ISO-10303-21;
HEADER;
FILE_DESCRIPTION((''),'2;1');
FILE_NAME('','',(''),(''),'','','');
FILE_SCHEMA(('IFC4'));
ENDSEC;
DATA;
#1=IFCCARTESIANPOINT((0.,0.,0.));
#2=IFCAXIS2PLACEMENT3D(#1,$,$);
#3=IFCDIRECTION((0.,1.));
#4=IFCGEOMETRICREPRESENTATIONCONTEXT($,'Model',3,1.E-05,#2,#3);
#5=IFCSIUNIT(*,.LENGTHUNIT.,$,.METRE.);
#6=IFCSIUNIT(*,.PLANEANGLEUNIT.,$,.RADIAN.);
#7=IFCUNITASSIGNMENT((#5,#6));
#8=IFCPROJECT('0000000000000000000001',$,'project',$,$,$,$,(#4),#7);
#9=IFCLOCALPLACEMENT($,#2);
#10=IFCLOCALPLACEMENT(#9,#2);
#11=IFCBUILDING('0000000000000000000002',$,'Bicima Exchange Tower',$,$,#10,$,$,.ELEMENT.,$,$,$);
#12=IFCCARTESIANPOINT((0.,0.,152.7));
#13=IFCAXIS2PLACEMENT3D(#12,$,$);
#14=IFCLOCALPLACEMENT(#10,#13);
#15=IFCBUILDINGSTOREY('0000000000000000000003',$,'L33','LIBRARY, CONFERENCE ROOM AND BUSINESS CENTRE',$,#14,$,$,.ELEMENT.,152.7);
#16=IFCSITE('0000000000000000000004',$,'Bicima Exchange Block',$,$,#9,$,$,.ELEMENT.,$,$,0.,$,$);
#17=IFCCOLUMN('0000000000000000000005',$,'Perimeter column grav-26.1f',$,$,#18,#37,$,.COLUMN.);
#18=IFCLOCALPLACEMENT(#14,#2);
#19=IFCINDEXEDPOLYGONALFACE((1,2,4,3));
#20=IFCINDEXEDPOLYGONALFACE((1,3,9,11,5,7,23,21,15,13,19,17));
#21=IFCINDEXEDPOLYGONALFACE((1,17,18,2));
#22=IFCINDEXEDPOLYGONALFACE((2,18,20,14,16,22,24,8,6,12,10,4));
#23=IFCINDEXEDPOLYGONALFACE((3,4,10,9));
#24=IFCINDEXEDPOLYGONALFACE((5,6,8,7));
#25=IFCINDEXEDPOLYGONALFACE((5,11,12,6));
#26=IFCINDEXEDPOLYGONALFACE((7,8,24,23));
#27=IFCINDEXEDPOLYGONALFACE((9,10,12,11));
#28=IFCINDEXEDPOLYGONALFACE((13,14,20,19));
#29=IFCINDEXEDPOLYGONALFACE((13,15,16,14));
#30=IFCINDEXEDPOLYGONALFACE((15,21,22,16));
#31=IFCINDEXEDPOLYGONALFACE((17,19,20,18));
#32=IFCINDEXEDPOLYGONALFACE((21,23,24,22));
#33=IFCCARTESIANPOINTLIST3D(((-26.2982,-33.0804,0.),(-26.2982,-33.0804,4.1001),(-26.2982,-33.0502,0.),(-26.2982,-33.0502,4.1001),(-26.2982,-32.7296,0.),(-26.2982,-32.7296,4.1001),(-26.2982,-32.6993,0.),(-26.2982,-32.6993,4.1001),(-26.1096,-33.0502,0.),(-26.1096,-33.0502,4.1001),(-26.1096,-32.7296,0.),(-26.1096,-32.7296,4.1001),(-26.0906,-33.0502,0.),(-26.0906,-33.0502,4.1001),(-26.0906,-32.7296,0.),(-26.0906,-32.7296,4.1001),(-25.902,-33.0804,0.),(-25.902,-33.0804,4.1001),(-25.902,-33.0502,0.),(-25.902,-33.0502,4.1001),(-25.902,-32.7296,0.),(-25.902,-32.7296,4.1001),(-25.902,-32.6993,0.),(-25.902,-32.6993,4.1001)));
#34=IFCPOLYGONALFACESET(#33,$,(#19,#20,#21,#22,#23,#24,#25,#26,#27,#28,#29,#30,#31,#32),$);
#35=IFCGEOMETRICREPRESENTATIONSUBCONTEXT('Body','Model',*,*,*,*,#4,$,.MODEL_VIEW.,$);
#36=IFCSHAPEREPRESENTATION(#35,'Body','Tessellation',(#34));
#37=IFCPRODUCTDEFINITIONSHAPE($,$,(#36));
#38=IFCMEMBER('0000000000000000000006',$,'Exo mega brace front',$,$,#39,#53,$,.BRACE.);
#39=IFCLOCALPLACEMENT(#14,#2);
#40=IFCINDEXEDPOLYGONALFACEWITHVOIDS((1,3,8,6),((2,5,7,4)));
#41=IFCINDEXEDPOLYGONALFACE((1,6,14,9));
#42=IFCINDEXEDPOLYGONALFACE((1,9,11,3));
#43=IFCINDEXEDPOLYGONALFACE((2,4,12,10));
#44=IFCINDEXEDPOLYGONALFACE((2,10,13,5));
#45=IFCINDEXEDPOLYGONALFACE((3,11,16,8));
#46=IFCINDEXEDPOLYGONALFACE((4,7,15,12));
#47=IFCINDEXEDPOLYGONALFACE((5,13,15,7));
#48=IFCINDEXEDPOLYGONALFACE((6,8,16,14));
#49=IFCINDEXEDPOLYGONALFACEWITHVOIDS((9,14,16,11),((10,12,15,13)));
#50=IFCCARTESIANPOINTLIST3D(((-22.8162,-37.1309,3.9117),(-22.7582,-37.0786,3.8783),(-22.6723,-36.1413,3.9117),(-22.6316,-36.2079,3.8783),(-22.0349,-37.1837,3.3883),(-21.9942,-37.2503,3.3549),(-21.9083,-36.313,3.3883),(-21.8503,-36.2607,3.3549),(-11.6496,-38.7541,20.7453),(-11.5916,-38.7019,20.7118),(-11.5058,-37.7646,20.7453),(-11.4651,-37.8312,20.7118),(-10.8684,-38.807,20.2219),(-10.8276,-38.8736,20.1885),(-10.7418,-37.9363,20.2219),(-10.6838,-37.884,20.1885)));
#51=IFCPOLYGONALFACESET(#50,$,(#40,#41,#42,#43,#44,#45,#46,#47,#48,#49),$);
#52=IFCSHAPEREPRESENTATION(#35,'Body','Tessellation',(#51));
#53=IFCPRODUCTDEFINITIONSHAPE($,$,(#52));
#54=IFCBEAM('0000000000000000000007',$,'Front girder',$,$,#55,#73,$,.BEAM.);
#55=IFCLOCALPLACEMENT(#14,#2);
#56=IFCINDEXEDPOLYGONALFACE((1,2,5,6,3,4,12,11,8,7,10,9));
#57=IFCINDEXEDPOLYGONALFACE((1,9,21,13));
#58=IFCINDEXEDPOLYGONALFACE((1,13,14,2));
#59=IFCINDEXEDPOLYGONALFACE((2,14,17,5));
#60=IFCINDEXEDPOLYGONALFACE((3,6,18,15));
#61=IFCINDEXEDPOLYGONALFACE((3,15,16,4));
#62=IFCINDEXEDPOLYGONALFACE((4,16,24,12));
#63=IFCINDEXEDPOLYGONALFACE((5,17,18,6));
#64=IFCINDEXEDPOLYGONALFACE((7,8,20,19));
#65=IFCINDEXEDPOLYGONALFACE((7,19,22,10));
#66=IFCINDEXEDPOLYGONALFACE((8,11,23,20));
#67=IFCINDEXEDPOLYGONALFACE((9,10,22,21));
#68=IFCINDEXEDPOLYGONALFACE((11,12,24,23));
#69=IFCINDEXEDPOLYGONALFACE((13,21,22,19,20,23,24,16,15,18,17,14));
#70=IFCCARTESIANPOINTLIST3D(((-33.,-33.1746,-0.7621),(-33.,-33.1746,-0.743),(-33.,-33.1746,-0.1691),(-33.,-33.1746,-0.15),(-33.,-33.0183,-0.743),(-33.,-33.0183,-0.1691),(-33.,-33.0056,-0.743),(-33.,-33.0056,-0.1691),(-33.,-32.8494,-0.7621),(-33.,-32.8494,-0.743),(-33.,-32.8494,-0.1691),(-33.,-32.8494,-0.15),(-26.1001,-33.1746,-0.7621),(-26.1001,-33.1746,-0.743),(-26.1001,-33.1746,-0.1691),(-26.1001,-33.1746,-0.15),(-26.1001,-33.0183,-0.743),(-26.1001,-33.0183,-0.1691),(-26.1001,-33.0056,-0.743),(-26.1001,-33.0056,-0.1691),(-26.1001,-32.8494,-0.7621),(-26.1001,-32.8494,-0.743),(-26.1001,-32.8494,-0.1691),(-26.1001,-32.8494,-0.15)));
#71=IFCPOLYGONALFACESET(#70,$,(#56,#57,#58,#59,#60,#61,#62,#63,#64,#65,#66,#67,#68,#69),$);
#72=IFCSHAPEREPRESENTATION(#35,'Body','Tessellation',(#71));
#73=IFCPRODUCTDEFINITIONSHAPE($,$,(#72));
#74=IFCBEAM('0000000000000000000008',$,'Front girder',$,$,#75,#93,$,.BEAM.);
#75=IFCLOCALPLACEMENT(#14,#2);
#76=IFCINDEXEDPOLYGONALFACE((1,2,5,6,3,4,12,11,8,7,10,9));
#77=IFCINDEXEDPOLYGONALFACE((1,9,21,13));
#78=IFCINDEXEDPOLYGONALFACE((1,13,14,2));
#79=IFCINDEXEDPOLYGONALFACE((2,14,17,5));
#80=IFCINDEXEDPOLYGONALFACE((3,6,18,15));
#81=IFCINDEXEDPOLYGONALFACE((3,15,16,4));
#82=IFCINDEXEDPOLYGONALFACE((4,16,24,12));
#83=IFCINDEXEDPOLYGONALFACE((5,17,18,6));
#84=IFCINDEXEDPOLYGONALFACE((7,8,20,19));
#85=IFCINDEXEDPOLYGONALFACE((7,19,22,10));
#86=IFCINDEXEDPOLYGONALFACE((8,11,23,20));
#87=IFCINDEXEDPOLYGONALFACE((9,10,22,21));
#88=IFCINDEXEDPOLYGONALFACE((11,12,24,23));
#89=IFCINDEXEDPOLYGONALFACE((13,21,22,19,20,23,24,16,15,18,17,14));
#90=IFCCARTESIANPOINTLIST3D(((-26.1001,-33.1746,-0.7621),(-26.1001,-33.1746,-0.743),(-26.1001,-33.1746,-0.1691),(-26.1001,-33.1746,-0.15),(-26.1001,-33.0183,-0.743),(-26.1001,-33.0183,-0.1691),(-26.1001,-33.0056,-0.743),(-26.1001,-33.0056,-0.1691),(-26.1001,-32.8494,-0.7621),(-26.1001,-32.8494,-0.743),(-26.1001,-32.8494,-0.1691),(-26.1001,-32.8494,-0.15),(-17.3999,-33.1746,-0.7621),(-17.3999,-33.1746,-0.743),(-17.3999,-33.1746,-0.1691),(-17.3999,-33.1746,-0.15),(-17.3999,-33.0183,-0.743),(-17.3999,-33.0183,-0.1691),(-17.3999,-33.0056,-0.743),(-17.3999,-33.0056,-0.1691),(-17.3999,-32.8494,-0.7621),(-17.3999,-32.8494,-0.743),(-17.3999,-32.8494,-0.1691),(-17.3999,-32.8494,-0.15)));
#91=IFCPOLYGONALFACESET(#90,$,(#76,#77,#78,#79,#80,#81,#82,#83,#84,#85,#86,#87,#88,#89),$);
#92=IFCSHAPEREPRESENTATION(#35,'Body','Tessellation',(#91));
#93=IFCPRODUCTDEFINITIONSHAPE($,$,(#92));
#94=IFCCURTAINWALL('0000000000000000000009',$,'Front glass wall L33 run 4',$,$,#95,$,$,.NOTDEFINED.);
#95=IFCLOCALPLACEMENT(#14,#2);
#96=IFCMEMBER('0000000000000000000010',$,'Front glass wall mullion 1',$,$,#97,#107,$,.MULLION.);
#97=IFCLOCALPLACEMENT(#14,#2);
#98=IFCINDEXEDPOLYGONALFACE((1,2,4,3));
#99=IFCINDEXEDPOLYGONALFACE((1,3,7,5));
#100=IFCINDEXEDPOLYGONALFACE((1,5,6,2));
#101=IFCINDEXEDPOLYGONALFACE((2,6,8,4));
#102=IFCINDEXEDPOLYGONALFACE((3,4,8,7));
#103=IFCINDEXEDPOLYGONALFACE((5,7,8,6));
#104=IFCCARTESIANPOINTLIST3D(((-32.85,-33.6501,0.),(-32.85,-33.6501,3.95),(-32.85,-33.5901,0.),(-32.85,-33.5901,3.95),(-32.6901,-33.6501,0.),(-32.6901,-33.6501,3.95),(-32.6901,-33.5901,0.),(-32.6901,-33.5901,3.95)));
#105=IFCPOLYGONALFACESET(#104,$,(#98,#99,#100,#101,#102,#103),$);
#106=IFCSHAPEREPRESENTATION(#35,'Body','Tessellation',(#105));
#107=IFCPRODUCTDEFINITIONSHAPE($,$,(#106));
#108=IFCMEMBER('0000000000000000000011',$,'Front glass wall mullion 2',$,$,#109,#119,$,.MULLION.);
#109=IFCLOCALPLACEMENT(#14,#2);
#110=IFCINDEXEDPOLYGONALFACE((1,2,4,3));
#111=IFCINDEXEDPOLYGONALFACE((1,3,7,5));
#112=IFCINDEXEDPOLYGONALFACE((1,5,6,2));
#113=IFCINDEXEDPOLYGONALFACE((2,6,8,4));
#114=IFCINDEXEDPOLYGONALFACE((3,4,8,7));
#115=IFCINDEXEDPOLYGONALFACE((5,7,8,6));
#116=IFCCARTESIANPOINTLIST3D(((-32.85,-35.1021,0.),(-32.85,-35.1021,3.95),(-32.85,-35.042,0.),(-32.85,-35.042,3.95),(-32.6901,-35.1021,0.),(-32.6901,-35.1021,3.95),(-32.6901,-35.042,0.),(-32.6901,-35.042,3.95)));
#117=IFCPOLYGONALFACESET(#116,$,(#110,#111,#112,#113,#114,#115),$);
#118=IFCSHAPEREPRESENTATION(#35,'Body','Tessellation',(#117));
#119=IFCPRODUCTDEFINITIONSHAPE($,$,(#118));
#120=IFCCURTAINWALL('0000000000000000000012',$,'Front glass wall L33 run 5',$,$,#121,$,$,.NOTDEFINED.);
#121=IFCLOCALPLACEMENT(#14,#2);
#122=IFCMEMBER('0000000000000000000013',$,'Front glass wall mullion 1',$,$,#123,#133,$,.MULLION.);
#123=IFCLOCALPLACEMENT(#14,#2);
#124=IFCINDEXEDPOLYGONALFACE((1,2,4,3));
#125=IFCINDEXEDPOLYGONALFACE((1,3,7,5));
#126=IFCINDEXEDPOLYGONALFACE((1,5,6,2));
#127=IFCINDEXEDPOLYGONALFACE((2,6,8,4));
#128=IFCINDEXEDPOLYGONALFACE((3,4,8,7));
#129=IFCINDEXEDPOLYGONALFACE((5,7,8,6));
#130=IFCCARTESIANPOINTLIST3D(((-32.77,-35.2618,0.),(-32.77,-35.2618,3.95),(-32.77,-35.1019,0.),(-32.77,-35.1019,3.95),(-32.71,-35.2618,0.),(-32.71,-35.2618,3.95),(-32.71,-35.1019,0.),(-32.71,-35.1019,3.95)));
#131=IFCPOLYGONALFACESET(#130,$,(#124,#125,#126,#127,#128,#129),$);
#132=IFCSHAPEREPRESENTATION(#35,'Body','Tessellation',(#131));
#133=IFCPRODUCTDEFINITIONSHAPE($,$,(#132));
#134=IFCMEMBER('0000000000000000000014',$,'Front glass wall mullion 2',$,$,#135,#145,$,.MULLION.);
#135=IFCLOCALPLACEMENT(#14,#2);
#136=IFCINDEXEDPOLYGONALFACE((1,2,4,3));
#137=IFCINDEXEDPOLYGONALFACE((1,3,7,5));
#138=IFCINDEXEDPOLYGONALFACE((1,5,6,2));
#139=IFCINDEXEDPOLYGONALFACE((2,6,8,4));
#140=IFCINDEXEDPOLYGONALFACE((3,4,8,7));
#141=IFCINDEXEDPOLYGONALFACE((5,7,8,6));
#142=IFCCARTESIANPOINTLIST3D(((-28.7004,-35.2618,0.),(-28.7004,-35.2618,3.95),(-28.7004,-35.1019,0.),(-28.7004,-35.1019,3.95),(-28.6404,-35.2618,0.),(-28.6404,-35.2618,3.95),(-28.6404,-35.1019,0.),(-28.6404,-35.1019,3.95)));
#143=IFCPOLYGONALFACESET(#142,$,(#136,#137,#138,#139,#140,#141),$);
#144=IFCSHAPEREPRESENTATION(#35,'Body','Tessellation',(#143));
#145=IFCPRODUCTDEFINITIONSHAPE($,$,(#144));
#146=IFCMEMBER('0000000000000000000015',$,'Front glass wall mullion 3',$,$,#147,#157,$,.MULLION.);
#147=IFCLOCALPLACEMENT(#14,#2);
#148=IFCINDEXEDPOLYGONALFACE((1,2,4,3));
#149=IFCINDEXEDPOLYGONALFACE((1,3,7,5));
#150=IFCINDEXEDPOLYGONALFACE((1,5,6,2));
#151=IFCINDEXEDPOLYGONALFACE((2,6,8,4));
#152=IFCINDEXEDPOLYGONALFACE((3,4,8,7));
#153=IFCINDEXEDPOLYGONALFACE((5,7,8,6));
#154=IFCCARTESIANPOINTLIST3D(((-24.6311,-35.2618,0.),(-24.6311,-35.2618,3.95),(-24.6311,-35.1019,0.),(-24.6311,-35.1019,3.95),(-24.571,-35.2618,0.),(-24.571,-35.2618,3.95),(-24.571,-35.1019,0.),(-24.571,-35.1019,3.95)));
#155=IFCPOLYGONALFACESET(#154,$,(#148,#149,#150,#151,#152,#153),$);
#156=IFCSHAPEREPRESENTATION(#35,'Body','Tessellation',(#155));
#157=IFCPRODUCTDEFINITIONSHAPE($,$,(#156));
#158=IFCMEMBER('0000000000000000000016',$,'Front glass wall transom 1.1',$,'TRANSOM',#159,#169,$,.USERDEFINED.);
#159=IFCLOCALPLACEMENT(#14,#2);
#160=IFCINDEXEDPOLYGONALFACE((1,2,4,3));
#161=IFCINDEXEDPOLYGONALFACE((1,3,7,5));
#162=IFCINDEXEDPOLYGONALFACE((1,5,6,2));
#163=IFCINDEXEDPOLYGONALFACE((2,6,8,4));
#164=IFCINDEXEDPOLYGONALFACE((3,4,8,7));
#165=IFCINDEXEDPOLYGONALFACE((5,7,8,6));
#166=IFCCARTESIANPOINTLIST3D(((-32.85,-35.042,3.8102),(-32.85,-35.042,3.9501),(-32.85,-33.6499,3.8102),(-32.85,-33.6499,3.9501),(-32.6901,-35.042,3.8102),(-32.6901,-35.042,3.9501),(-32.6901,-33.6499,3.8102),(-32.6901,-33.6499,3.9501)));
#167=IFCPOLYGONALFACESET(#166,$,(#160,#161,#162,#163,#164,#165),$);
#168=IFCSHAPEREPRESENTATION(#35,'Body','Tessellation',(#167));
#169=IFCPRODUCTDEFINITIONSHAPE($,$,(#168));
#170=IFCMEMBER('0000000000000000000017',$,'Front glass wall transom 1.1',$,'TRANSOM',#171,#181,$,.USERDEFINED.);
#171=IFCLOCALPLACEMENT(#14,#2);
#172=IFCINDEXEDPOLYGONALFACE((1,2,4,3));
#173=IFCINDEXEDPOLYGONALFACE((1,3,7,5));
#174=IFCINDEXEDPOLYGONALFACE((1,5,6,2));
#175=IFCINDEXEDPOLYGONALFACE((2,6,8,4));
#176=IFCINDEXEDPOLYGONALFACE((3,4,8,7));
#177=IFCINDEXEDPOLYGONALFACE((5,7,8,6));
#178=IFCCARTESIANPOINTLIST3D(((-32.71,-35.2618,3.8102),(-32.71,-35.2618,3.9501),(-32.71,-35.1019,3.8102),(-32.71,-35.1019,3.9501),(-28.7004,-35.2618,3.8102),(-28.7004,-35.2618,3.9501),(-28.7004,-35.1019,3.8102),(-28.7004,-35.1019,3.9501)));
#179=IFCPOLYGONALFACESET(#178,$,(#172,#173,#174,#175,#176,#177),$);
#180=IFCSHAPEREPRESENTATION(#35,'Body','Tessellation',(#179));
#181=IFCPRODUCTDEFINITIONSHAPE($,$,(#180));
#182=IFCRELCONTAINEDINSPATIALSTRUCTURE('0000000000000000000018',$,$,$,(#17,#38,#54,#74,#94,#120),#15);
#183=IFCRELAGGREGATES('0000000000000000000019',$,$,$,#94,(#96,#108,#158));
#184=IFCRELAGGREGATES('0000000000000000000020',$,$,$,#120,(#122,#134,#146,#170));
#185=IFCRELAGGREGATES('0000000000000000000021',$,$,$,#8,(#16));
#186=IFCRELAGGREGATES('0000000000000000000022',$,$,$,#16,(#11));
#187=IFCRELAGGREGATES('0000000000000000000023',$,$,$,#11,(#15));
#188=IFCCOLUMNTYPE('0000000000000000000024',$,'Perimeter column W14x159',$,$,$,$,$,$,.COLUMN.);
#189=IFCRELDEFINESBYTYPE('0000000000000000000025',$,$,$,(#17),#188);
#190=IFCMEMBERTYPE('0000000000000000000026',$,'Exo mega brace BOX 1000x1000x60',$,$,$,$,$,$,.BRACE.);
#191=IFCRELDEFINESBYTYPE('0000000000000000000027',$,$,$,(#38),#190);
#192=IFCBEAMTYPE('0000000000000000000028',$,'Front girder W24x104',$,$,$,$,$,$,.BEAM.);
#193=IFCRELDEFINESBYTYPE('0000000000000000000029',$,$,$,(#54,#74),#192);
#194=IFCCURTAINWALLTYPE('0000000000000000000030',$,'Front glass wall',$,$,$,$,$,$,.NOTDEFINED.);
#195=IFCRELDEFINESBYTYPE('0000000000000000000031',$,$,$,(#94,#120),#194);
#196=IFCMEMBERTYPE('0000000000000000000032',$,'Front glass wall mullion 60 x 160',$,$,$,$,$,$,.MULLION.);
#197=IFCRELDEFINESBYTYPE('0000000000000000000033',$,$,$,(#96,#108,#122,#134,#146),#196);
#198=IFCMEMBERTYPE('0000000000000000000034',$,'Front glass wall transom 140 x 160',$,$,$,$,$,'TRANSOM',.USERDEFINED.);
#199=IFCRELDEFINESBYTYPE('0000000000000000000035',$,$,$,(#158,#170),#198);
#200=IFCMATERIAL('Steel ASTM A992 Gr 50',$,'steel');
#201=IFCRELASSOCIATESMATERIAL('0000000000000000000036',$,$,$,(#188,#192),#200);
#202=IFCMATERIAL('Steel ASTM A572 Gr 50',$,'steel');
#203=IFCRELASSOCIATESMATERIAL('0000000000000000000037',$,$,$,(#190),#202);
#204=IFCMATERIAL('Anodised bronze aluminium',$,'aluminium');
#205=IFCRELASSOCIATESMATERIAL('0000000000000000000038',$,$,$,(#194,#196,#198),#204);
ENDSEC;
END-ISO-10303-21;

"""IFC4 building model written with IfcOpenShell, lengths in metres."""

from ifc_helpers import new_model, si_unit, direction, frame, origin, origin_2d, place, context, subcontext, project, spatial, rectangle, hollow_rectangle, i_section, extrude, material, material_profile, profile_set, type_object, element, aggregate, save


model = new_model("IFC4")

# Units and contexts
model_context = context("Model", 3, precision=1e-05, world=origin(), true_north=direction((0.0, 1.0)))
body_context = subcontext(model_context, "Body", "Model", "MODEL_VIEW")
ifc_project = project(units=[si_unit("LENGTHUNIT", "METRE"), si_unit("PLANEANGLEUNIT", "RADIAN")], contexts=[model_context])

# Site, building, storey
site_placement = place(None, origin())
site = spatial("IfcSite", under=ifc_project, at=site_placement, Name="Bicima Exchange Block", CompositionType="ELEMENT", RefElevation=0.0)
building_placement = place(site_placement, origin())
building = spatial("IfcBuilding", under=site, at=building_placement, Name="Bicima Exchange Tower", CompositionType="ELEMENT")
storey_placement = place(building_placement, frame((0.0, 0.0, 152.7)))
storey = spatial("IfcBuildingStorey", under=building, at=storey_placement, Name="L33", Description="LIBRARY, CONFERENCE ROOM AND BUSINESS CENTRE", CompositionType="ELEMENT", Elevation=152.7)

# Column
ifc_material_1 = material(Name="Steel ASTM A992 Gr 50", Category="steel")
ifc_material_profile_1 = material_profile(ifc_material_1, i_section(OverallWidth=0.3962, OverallDepth=0.3811, WebThickness=0.019, FlangeThickness=0.0303, at=origin_2d()))
ifc_profile_set_1 = profile_set([ifc_material_profile_1], Name="Steel ASTM A992 Gr 50")
column_type = type_object("IfcColumnType", Name="Perimeter column W14x159", PredefinedType="COLUMN", material=ifc_profile_set_1)
column_placement = place(storey_placement, frame((-26.1001, -32.8899, 0.0), z_axis=(0.0, 0.0, 1.0), x_axis=(1.0, 0.0, 0.0)))
element("IfcColumn", 1, at=column_placement, inside=storey, type_object=column_type, Name="Perimeter column grav-26.1f", PredefinedType="COLUMN", context=body_context, shape_type="SweptSolid", body=[
    extrude(i_section(OverallWidth=0.3962, OverallDepth=0.3811, WebThickness=0.019, FlangeThickness=0.0303, at=origin_2d()), origin(), (0.0, 0.0, 1.0), 4.1001),
])

# Member
ifc_material_2 = material(Name="Steel ASTM A572 Gr 50", Category="steel")
ifc_material_profile_2 = material_profile(ifc_material_2, hollow_rectangle(XDim=1.0, YDim=1.0, WallThickness=0.0601, at=origin_2d()))
ifc_profile_set_2 = profile_set([ifc_material_profile_2], Name="Steel ASTM A572 Gr 50")
member_type_1 = type_object("IfcMemberType", Name="Exo mega brace BOX 1000x1000x60", PredefinedType="BRACE", material=ifc_profile_set_2)
member_1_placement = place(storey_placement, frame((-22.3333, -36.6958, 3.6333), z_axis=(0.551009, -0.080101, 0.830646), x_axis=(0.143859, 0.989598, 0.0)))
element("IfcMember", 2, at=member_1_placement, inside=storey, type_object=member_type_1, Name="Exo mega brace front", PredefinedType="BRACE", context=body_context, shape_type="SweptSolid", body=[
    extrude(hollow_rectangle(XDim=1.0, YDim=1.0, WallThickness=0.0601, at=origin_2d()), origin(), (0.0, 0.0, 1.0), 20.2656),
])

# Beams
ifc_material_profile_3 = material_profile(ifc_material_1, i_section(OverallWidth=0.3252, OverallDepth=0.6121, WebThickness=0.0127, FlangeThickness=0.019, at=origin_2d()))
ifc_profile_set_3 = profile_set([ifc_material_profile_3], Name="Steel ASTM A992 Gr 50")
beam_type = type_object("IfcBeamType", Name="Front girder W24x104", PredefinedType="BEAM", material=ifc_profile_set_3)
beam_1_placement = place(storey_placement, frame((-33.0, -33.012, -0.4561), z_axis=(1.0, 0.0, 0.0), x_axis=(0.0, 1.0, 0.0)))
element("IfcBeam", 3, at=beam_1_placement, inside=storey, type_object=beam_type, Name="Front girder", PredefinedType="BEAM", context=body_context, shape_type="SweptSolid", body=[
    extrude(i_section(OverallWidth=0.3252, OverallDepth=0.6121, WebThickness=0.0127, FlangeThickness=0.019, at=origin_2d()), origin(), (0.0, 0.0, 1.0), 6.8999),
])
beam_2_placement = place(storey_placement, frame((-26.1001, -33.012, -0.4561), z_axis=(1.0, 0.0, 0.0), x_axis=(0.0, 1.0, 0.0)))
element("IfcBeam", 4, at=beam_2_placement, inside=storey, type_object=beam_type, Name="Front girder", PredefinedType="BEAM", context=body_context, shape_type="SweptSolid", body=[
    extrude(i_section(OverallWidth=0.3252, OverallDepth=0.6121, WebThickness=0.0127, FlangeThickness=0.019, at=origin_2d()), origin(), (0.0, 0.0, 1.0), 8.7002),
])

# Curtain walls, members
ifc_material_3 = material(Name="Anodised bronze aluminium", Category="aluminium")
curtain_wall_type = type_object("IfcCurtainWallType", Name="Front glass wall", PredefinedType="NOTDEFINED", material=ifc_material_3)
curtain_wall_1_placement = place(storey_placement, origin())
curtain_wall_1 = element("IfcCurtainWall", 5, at=curtain_wall_1_placement, inside=storey, type_object=curtain_wall_type, Name="Front glass wall L33 run 4", PredefinedType="NOTDEFINED")
ifc_material_profile_4 = material_profile(ifc_material_3, rectangle(XDim=0.1599, YDim=0.0601, at=origin_2d()))
ifc_profile_set_4 = profile_set([ifc_material_profile_4], Name="Anodised bronze aluminium")
member_type_2 = type_object("IfcMemberType", Name="Front glass wall mullion 60 x 160", PredefinedType="MULLION", material=ifc_profile_set_4)
member_2_placement = place(storey_placement, frame((-32.77, -33.6201, 0.0), z_axis=(0.0, 0.0, 1.0), x_axis=(1.0, 0.0, 0.0)))
member_2 = element("IfcMember", 6, at=member_2_placement, type_object=member_type_2, Name="Front glass wall mullion 1", PredefinedType="MULLION", context=body_context, shape_type="SweptSolid", body=[
    extrude(rectangle(XDim=0.1599, YDim=0.0601, at=origin_2d()), origin(), (0.0, 0.0, 1.0), 3.95),
])
member_3_placement = place(storey_placement, frame((-32.77, -35.072, 0.0), z_axis=(0.0, 0.0, 1.0), x_axis=(1.0, 0.0, 0.0)))
member_3 = element("IfcMember", 7, at=member_3_placement, type_object=member_type_2, Name="Front glass wall mullion 2", PredefinedType="MULLION", context=body_context, shape_type="SweptSolid", body=[
    extrude(rectangle(XDim=0.1599, YDim=0.0601, at=origin_2d()), origin(), (0.0, 0.0, 1.0), 3.95),
])
curtain_wall_2_placement = place(storey_placement, origin())
curtain_wall_2 = element("IfcCurtainWall", 8, at=curtain_wall_2_placement, inside=storey, type_object=curtain_wall_type, Name="Front glass wall L33 run 5", PredefinedType="NOTDEFINED")
member_4_placement = place(storey_placement, frame((-32.74, -35.1819, 0.0), z_axis=(0.0, 0.0, 1.0), x_axis=(0.0, 1.0, 0.0)))
member_4 = element("IfcMember", 9, at=member_4_placement, type_object=member_type_2, Name="Front glass wall mullion 1", PredefinedType="MULLION", context=body_context, shape_type="SweptSolid", body=[
    extrude(rectangle(XDim=0.1599, YDim=0.0601, at=origin_2d()), origin(), (0.0, 0.0, 1.0), 3.95),
])
member_5_placement = place(storey_placement, frame((-28.6704, -35.1819, 0.0), z_axis=(0.0, 0.0, 1.0), x_axis=(0.0, 1.0, 0.0)))
member_5 = element("IfcMember", 10, at=member_5_placement, type_object=member_type_2, Name="Front glass wall mullion 2", PredefinedType="MULLION", context=body_context, shape_type="SweptSolid", body=[
    extrude(rectangle(XDim=0.1599, YDim=0.0601, at=origin_2d()), origin(), (0.0, 0.0, 1.0), 3.95),
])
member_6_placement = place(storey_placement, frame((-24.6011, -35.1819, 0.0), z_axis=(0.0, 0.0, 1.0), x_axis=(0.0, 1.0, 0.0)))
member_6 = element("IfcMember", 11, at=member_6_placement, type_object=member_type_2, Name="Front glass wall mullion 3", PredefinedType="MULLION", context=body_context, shape_type="SweptSolid", body=[
    extrude(rectangle(XDim=0.1599, YDim=0.0601, at=origin_2d()), origin(), (0.0, 0.0, 1.0), 3.95),
])

# Members
ifc_material_profile_5 = material_profile(ifc_material_3, rectangle(XDim=0.1599, YDim=0.1399, at=origin_2d()))
ifc_profile_set_5 = profile_set([ifc_material_profile_5], Name="Anodised bronze aluminium")
member_type_3 = type_object("IfcMemberType", Name="Front glass wall transom 140 x 160", ElementType="TRANSOM", PredefinedType="USERDEFINED", material=ifc_profile_set_5)
member_7_placement = place(storey_placement, frame((-32.77, -33.6499, 3.8801), z_axis=(0.0, -1.0, 0.0), x_axis=(1.0, 0.0, 0.0)))
member_7 = element("IfcMember", 12, at=member_7_placement, type_object=member_type_3, Name="Front glass wall transom 1.1", ObjectType="TRANSOM", PredefinedType="USERDEFINED", context=body_context, shape_type="SweptSolid", body=[
    extrude(rectangle(XDim=0.1599, YDim=0.1399, at=origin_2d()), origin(), (0.0, 0.0, 1.0), 1.3921),
])
member_8_placement = place(storey_placement, frame((-32.71, -35.1819, 3.8801), z_axis=(1.0, 0.0, 0.0), x_axis=(0.0, 1.0, 0.0)))
member_8 = element("IfcMember", 13, at=member_8_placement, type_object=member_type_3, Name="Front glass wall transom 1.1", ObjectType="TRANSOM", PredefinedType="USERDEFINED", context=body_context, shape_type="SweptSolid", body=[
    extrude(rectangle(XDim=0.1599, YDim=0.1399, at=origin_2d()), origin(), (0.0, 0.0, 1.0), 4.0095),
])

aggregate(curtain_wall_1, [member_2, member_3, member_7])
aggregate(curtain_wall_2, [member_4, member_5, member_6, member_8])

save(model, "model.ifc")
